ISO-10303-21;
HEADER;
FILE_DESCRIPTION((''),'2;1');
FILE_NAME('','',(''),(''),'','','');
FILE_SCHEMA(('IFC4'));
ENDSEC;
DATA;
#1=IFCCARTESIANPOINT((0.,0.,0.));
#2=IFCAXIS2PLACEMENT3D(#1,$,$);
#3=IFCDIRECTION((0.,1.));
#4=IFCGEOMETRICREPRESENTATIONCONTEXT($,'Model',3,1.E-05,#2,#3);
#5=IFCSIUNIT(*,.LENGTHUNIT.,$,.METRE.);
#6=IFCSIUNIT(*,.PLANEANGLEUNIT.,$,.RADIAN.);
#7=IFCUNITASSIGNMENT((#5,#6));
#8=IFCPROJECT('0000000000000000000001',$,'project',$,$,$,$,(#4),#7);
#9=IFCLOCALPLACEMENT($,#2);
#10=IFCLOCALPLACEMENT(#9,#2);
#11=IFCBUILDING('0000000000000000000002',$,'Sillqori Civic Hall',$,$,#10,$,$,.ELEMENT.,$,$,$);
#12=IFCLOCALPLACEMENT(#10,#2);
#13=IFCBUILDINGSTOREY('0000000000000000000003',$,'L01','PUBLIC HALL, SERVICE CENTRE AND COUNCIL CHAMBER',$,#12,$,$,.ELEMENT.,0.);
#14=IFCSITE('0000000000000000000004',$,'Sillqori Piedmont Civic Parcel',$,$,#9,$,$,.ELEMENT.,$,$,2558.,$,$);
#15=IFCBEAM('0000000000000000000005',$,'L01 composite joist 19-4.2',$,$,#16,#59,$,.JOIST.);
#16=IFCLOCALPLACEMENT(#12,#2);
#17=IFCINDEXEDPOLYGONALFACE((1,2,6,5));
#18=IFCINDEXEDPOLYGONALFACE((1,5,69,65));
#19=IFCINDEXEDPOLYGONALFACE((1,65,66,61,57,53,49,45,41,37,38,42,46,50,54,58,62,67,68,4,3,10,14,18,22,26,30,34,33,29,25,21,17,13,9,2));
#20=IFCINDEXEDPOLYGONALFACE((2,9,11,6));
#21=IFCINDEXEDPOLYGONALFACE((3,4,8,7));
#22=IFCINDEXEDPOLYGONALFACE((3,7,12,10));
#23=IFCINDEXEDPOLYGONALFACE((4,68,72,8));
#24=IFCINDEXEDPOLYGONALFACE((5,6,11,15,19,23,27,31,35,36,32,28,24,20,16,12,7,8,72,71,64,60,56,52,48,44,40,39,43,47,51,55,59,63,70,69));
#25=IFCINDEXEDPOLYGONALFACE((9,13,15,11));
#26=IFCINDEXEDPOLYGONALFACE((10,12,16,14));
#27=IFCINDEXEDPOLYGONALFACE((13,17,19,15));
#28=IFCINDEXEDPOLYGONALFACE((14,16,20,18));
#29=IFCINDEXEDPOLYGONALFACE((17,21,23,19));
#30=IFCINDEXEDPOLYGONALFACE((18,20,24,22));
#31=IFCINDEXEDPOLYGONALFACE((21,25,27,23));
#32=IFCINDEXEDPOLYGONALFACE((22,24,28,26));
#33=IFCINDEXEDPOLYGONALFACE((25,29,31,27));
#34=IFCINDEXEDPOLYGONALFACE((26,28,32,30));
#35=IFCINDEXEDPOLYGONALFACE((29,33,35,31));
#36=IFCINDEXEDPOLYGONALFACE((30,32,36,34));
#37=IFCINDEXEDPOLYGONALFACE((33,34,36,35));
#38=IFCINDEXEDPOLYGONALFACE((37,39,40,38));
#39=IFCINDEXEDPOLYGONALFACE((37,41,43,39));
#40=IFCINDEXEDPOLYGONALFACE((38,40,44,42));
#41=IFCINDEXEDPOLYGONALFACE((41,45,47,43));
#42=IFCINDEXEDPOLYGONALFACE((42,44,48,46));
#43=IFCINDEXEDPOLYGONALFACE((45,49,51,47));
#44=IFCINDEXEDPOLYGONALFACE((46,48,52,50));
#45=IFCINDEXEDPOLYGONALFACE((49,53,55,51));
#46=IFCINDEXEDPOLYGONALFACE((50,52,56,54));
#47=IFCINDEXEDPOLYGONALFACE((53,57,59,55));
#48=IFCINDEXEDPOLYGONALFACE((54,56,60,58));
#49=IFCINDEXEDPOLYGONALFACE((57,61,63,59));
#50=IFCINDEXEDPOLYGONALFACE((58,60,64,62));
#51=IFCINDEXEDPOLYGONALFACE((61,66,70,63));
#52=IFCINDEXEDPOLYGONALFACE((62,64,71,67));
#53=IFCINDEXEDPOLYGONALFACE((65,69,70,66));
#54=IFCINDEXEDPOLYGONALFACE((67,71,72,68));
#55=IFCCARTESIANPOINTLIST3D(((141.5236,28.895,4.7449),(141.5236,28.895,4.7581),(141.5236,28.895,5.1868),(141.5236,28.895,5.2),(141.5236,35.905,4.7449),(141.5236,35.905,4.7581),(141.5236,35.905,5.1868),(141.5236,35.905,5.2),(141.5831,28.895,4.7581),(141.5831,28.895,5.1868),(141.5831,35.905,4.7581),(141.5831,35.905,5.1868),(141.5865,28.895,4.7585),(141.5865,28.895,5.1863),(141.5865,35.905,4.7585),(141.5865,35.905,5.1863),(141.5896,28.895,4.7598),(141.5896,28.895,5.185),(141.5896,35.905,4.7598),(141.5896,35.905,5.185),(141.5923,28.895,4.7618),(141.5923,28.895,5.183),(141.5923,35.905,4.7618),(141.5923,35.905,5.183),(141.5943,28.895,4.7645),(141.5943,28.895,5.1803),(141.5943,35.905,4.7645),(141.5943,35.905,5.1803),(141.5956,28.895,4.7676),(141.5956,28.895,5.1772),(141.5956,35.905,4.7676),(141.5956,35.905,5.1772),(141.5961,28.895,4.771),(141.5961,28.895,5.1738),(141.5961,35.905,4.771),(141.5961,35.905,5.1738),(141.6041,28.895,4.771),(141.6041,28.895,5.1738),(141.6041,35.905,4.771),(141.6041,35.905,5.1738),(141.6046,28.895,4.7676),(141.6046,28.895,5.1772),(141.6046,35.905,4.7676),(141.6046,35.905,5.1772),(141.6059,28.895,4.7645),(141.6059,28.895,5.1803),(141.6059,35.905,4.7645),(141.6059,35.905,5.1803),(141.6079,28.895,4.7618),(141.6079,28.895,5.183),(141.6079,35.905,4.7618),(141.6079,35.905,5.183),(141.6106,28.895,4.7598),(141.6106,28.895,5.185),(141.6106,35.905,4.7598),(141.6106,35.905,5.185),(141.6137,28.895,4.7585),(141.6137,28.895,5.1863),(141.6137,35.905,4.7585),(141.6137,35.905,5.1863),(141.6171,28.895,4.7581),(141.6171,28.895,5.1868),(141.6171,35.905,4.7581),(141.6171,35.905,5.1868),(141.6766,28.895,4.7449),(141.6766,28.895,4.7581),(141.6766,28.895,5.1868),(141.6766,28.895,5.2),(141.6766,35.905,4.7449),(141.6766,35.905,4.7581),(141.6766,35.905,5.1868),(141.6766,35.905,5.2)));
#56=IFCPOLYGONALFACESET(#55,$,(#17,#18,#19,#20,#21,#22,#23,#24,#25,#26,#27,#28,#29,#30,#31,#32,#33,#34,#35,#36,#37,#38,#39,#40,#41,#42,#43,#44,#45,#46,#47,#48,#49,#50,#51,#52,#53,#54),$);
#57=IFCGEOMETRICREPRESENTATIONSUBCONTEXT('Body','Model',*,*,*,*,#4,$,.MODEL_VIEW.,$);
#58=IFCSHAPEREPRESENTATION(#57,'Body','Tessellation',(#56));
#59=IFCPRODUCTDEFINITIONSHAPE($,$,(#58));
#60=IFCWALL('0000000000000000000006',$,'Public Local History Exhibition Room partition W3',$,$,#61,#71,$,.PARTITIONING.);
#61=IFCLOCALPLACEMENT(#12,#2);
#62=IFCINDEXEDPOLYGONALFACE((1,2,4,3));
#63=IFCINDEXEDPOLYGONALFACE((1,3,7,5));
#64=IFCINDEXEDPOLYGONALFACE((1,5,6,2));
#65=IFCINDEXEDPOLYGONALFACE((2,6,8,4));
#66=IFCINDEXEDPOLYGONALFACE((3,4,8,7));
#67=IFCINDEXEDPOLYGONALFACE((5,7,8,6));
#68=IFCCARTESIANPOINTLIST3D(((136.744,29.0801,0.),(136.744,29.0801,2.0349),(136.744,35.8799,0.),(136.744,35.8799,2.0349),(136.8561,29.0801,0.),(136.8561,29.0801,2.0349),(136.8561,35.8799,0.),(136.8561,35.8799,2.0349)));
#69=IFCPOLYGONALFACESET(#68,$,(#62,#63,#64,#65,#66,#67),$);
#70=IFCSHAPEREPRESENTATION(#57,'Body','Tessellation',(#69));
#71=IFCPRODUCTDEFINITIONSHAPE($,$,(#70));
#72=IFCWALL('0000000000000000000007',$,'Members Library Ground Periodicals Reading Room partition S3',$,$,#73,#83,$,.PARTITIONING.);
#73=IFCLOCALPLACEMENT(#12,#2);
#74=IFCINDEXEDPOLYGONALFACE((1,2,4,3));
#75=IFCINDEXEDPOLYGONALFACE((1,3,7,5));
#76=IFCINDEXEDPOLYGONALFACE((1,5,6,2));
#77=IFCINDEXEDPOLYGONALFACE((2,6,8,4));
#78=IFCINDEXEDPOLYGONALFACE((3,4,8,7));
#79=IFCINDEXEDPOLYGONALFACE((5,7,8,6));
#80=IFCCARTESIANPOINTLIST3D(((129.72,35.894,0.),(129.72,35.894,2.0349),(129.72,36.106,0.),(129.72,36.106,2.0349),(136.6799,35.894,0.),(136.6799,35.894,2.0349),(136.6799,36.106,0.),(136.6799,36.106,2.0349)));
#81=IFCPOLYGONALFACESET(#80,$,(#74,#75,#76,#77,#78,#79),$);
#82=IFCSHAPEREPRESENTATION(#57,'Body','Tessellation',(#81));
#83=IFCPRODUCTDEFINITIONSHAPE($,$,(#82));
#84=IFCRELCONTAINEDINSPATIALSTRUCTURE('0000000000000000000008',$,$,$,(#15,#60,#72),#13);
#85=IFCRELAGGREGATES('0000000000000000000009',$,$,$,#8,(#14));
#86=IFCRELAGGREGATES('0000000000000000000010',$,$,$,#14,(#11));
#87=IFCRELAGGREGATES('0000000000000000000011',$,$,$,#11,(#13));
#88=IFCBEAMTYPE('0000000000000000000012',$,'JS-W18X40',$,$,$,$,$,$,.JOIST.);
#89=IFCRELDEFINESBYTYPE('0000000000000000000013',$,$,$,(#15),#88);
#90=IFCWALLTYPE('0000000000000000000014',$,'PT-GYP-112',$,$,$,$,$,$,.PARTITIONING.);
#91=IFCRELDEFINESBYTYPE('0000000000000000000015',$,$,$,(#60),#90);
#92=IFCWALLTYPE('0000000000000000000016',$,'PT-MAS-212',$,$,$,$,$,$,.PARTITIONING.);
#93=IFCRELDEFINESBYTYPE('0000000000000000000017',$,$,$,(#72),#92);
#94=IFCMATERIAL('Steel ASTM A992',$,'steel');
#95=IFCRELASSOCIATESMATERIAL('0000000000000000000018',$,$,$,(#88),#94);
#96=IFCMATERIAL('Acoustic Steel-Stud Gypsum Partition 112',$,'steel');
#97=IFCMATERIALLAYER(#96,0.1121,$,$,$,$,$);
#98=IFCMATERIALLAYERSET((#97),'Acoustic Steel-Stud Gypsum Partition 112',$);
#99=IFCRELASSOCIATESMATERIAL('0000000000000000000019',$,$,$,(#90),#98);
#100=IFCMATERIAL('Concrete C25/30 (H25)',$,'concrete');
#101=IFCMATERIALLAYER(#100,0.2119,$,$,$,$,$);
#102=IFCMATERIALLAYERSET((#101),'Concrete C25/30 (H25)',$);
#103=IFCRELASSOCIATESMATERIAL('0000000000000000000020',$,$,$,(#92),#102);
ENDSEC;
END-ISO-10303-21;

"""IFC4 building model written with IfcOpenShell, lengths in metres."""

from ifc_helpers import new_model, si_unit, direction, frame, frame_2d, origin, origin_2d, place, context, subcontext, project, spatial, rectangle, i_section, extrude, material, layer, layer_set, material_profile, profile_set, type_object, element, save


model = new_model("IFC4")

# Units and contexts
model_context = context("Model", 3, precision=1e-05, world=origin(), true_north=direction((0.0, 1.0)))
body_context = subcontext(model_context, "Body", "Model", "MODEL_VIEW")
ifc_project = project(units=[si_unit("LENGTHUNIT", "METRE"), si_unit("PLANEANGLEUNIT", "RADIAN")], contexts=[model_context])

# Site, building, storey
site_placement = place(None, origin())
site = spatial("IfcSite", under=ifc_project, at=site_placement, Name="Sillqori Piedmont Civic Parcel", CompositionType="ELEMENT", RefElevation=2558.0)
building_placement = place(site_placement, origin())
building = spatial("IfcBuilding", under=site, at=building_placement, Name="Sillqori Civic Hall", CompositionType="ELEMENT")
storey_placement = place(building_placement, origin())
storey = spatial("IfcBuildingStorey", under=building, at=storey_placement, Name="L01", Description="PUBLIC HALL, SERVICE CENTRE AND COUNCIL CHAMBER", CompositionType="ELEMENT", Elevation=0.0)

# Shared definitions
ifc_material_1 = material(Name="Steel ASTM A992", Category="steel")

# Beam
ifc_material_profile_1 = material_profile(ifc_material_1, i_section(OverallWidth=0.1531, OverallDepth=0.4551, WebThickness=0.0081, FlangeThickness=0.0132, FilletRadius=0.0129, at=origin_2d()), Name="W18X40")
ifc_profile_set_1 = profile_set([ifc_material_profile_1], Name="Steel ASTM A992")
beam_type_1 = type_object("IfcBeamType", Name="JS-W18X40", PredefinedType="JOIST", material=ifc_profile_set_1)
beam_1_placement = place(storey_placement, frame((141.6001, 28.895, 4.9724), z_axis=(0.0, 1.0, 0.0), x_axis=(-1.0, 0.0, 0.0)))
element("IfcBeam", 1, at=beam_1_placement, inside=storey, type_object=beam_type_1, Name="L01 composite joist 19-4.2", PredefinedType="JOIST", context=body_context, shape_type="SweptSolid", body=[
    extrude(i_section(OverallWidth=0.1531, OverallDepth=0.4551, WebThickness=0.0081, FlangeThickness=0.0132, FilletRadius=0.0129, at=origin_2d()), origin(), (0.0, 0.0, 1.0), 7.01),
])

# Walls
ifc_material_2 = material(Name="Acoustic Steel-Stud Gypsum Partition 112", Category="steel")
ifc_layer_1 = layer(ifc_material_2, 0.1121)
ifc_layer_set_1 = layer_set([ifc_layer_1], Name="Acoustic Steel-Stud Gypsum Partition 112")
wall_type_1 = type_object("IfcWallType", Name="PT-GYP-112", PredefinedType="PARTITIONING", material=ifc_layer_set_1)
wall_1_placement = place(storey_placement, frame((136.8, 29.0801, 0.0), z_axis=(0.0, 0.0, 1.0), x_axis=(0.0, 1.0, 0.0)))
element("IfcWall", 2, at=wall_1_placement, inside=storey, type_object=wall_type_1, Name="Public Local History Exhibition Room partition W3", PredefinedType="PARTITIONING", context=body_context, shape_type="SweptSolid", body=[
    extrude(rectangle(XDim=6.7998, YDim=0.1121, at=frame_2d((3.3999, 0.0))), origin(), (0.0, 0.0, 1.0), 2.0349),
])
ifc_material_3 = material(Name="Concrete C25/30 (H25)", Category="concrete")
ifc_layer_2 = layer(ifc_material_3, 0.2119)
ifc_layer_set_2 = layer_set([ifc_layer_2], Name="Concrete C25/30 (H25)")
wall_type_2 = type_object("IfcWallType", Name="PT-MAS-212", PredefinedType="PARTITIONING", material=ifc_layer_set_2)
wall_2_placement = place(storey_placement, frame((136.6799, 36.0, 0.0), z_axis=(0.0, 0.0, 1.0), x_axis=(-1.0, 0.0, 0.0)))
element("IfcWall", 3, at=wall_2_placement, inside=storey, type_object=wall_type_2, Name="Members Library Ground Periodicals Reading Room partition S3", PredefinedType="PARTITIONING", context=body_context, shape_type="SweptSolid", body=[
    extrude(rectangle(XDim=6.96, YDim=0.2119, at=frame_2d((3.48, 0.0))), origin(), (0.0, 0.0, 1.0), 2.0349),
])

save(model, "model.ifc")
